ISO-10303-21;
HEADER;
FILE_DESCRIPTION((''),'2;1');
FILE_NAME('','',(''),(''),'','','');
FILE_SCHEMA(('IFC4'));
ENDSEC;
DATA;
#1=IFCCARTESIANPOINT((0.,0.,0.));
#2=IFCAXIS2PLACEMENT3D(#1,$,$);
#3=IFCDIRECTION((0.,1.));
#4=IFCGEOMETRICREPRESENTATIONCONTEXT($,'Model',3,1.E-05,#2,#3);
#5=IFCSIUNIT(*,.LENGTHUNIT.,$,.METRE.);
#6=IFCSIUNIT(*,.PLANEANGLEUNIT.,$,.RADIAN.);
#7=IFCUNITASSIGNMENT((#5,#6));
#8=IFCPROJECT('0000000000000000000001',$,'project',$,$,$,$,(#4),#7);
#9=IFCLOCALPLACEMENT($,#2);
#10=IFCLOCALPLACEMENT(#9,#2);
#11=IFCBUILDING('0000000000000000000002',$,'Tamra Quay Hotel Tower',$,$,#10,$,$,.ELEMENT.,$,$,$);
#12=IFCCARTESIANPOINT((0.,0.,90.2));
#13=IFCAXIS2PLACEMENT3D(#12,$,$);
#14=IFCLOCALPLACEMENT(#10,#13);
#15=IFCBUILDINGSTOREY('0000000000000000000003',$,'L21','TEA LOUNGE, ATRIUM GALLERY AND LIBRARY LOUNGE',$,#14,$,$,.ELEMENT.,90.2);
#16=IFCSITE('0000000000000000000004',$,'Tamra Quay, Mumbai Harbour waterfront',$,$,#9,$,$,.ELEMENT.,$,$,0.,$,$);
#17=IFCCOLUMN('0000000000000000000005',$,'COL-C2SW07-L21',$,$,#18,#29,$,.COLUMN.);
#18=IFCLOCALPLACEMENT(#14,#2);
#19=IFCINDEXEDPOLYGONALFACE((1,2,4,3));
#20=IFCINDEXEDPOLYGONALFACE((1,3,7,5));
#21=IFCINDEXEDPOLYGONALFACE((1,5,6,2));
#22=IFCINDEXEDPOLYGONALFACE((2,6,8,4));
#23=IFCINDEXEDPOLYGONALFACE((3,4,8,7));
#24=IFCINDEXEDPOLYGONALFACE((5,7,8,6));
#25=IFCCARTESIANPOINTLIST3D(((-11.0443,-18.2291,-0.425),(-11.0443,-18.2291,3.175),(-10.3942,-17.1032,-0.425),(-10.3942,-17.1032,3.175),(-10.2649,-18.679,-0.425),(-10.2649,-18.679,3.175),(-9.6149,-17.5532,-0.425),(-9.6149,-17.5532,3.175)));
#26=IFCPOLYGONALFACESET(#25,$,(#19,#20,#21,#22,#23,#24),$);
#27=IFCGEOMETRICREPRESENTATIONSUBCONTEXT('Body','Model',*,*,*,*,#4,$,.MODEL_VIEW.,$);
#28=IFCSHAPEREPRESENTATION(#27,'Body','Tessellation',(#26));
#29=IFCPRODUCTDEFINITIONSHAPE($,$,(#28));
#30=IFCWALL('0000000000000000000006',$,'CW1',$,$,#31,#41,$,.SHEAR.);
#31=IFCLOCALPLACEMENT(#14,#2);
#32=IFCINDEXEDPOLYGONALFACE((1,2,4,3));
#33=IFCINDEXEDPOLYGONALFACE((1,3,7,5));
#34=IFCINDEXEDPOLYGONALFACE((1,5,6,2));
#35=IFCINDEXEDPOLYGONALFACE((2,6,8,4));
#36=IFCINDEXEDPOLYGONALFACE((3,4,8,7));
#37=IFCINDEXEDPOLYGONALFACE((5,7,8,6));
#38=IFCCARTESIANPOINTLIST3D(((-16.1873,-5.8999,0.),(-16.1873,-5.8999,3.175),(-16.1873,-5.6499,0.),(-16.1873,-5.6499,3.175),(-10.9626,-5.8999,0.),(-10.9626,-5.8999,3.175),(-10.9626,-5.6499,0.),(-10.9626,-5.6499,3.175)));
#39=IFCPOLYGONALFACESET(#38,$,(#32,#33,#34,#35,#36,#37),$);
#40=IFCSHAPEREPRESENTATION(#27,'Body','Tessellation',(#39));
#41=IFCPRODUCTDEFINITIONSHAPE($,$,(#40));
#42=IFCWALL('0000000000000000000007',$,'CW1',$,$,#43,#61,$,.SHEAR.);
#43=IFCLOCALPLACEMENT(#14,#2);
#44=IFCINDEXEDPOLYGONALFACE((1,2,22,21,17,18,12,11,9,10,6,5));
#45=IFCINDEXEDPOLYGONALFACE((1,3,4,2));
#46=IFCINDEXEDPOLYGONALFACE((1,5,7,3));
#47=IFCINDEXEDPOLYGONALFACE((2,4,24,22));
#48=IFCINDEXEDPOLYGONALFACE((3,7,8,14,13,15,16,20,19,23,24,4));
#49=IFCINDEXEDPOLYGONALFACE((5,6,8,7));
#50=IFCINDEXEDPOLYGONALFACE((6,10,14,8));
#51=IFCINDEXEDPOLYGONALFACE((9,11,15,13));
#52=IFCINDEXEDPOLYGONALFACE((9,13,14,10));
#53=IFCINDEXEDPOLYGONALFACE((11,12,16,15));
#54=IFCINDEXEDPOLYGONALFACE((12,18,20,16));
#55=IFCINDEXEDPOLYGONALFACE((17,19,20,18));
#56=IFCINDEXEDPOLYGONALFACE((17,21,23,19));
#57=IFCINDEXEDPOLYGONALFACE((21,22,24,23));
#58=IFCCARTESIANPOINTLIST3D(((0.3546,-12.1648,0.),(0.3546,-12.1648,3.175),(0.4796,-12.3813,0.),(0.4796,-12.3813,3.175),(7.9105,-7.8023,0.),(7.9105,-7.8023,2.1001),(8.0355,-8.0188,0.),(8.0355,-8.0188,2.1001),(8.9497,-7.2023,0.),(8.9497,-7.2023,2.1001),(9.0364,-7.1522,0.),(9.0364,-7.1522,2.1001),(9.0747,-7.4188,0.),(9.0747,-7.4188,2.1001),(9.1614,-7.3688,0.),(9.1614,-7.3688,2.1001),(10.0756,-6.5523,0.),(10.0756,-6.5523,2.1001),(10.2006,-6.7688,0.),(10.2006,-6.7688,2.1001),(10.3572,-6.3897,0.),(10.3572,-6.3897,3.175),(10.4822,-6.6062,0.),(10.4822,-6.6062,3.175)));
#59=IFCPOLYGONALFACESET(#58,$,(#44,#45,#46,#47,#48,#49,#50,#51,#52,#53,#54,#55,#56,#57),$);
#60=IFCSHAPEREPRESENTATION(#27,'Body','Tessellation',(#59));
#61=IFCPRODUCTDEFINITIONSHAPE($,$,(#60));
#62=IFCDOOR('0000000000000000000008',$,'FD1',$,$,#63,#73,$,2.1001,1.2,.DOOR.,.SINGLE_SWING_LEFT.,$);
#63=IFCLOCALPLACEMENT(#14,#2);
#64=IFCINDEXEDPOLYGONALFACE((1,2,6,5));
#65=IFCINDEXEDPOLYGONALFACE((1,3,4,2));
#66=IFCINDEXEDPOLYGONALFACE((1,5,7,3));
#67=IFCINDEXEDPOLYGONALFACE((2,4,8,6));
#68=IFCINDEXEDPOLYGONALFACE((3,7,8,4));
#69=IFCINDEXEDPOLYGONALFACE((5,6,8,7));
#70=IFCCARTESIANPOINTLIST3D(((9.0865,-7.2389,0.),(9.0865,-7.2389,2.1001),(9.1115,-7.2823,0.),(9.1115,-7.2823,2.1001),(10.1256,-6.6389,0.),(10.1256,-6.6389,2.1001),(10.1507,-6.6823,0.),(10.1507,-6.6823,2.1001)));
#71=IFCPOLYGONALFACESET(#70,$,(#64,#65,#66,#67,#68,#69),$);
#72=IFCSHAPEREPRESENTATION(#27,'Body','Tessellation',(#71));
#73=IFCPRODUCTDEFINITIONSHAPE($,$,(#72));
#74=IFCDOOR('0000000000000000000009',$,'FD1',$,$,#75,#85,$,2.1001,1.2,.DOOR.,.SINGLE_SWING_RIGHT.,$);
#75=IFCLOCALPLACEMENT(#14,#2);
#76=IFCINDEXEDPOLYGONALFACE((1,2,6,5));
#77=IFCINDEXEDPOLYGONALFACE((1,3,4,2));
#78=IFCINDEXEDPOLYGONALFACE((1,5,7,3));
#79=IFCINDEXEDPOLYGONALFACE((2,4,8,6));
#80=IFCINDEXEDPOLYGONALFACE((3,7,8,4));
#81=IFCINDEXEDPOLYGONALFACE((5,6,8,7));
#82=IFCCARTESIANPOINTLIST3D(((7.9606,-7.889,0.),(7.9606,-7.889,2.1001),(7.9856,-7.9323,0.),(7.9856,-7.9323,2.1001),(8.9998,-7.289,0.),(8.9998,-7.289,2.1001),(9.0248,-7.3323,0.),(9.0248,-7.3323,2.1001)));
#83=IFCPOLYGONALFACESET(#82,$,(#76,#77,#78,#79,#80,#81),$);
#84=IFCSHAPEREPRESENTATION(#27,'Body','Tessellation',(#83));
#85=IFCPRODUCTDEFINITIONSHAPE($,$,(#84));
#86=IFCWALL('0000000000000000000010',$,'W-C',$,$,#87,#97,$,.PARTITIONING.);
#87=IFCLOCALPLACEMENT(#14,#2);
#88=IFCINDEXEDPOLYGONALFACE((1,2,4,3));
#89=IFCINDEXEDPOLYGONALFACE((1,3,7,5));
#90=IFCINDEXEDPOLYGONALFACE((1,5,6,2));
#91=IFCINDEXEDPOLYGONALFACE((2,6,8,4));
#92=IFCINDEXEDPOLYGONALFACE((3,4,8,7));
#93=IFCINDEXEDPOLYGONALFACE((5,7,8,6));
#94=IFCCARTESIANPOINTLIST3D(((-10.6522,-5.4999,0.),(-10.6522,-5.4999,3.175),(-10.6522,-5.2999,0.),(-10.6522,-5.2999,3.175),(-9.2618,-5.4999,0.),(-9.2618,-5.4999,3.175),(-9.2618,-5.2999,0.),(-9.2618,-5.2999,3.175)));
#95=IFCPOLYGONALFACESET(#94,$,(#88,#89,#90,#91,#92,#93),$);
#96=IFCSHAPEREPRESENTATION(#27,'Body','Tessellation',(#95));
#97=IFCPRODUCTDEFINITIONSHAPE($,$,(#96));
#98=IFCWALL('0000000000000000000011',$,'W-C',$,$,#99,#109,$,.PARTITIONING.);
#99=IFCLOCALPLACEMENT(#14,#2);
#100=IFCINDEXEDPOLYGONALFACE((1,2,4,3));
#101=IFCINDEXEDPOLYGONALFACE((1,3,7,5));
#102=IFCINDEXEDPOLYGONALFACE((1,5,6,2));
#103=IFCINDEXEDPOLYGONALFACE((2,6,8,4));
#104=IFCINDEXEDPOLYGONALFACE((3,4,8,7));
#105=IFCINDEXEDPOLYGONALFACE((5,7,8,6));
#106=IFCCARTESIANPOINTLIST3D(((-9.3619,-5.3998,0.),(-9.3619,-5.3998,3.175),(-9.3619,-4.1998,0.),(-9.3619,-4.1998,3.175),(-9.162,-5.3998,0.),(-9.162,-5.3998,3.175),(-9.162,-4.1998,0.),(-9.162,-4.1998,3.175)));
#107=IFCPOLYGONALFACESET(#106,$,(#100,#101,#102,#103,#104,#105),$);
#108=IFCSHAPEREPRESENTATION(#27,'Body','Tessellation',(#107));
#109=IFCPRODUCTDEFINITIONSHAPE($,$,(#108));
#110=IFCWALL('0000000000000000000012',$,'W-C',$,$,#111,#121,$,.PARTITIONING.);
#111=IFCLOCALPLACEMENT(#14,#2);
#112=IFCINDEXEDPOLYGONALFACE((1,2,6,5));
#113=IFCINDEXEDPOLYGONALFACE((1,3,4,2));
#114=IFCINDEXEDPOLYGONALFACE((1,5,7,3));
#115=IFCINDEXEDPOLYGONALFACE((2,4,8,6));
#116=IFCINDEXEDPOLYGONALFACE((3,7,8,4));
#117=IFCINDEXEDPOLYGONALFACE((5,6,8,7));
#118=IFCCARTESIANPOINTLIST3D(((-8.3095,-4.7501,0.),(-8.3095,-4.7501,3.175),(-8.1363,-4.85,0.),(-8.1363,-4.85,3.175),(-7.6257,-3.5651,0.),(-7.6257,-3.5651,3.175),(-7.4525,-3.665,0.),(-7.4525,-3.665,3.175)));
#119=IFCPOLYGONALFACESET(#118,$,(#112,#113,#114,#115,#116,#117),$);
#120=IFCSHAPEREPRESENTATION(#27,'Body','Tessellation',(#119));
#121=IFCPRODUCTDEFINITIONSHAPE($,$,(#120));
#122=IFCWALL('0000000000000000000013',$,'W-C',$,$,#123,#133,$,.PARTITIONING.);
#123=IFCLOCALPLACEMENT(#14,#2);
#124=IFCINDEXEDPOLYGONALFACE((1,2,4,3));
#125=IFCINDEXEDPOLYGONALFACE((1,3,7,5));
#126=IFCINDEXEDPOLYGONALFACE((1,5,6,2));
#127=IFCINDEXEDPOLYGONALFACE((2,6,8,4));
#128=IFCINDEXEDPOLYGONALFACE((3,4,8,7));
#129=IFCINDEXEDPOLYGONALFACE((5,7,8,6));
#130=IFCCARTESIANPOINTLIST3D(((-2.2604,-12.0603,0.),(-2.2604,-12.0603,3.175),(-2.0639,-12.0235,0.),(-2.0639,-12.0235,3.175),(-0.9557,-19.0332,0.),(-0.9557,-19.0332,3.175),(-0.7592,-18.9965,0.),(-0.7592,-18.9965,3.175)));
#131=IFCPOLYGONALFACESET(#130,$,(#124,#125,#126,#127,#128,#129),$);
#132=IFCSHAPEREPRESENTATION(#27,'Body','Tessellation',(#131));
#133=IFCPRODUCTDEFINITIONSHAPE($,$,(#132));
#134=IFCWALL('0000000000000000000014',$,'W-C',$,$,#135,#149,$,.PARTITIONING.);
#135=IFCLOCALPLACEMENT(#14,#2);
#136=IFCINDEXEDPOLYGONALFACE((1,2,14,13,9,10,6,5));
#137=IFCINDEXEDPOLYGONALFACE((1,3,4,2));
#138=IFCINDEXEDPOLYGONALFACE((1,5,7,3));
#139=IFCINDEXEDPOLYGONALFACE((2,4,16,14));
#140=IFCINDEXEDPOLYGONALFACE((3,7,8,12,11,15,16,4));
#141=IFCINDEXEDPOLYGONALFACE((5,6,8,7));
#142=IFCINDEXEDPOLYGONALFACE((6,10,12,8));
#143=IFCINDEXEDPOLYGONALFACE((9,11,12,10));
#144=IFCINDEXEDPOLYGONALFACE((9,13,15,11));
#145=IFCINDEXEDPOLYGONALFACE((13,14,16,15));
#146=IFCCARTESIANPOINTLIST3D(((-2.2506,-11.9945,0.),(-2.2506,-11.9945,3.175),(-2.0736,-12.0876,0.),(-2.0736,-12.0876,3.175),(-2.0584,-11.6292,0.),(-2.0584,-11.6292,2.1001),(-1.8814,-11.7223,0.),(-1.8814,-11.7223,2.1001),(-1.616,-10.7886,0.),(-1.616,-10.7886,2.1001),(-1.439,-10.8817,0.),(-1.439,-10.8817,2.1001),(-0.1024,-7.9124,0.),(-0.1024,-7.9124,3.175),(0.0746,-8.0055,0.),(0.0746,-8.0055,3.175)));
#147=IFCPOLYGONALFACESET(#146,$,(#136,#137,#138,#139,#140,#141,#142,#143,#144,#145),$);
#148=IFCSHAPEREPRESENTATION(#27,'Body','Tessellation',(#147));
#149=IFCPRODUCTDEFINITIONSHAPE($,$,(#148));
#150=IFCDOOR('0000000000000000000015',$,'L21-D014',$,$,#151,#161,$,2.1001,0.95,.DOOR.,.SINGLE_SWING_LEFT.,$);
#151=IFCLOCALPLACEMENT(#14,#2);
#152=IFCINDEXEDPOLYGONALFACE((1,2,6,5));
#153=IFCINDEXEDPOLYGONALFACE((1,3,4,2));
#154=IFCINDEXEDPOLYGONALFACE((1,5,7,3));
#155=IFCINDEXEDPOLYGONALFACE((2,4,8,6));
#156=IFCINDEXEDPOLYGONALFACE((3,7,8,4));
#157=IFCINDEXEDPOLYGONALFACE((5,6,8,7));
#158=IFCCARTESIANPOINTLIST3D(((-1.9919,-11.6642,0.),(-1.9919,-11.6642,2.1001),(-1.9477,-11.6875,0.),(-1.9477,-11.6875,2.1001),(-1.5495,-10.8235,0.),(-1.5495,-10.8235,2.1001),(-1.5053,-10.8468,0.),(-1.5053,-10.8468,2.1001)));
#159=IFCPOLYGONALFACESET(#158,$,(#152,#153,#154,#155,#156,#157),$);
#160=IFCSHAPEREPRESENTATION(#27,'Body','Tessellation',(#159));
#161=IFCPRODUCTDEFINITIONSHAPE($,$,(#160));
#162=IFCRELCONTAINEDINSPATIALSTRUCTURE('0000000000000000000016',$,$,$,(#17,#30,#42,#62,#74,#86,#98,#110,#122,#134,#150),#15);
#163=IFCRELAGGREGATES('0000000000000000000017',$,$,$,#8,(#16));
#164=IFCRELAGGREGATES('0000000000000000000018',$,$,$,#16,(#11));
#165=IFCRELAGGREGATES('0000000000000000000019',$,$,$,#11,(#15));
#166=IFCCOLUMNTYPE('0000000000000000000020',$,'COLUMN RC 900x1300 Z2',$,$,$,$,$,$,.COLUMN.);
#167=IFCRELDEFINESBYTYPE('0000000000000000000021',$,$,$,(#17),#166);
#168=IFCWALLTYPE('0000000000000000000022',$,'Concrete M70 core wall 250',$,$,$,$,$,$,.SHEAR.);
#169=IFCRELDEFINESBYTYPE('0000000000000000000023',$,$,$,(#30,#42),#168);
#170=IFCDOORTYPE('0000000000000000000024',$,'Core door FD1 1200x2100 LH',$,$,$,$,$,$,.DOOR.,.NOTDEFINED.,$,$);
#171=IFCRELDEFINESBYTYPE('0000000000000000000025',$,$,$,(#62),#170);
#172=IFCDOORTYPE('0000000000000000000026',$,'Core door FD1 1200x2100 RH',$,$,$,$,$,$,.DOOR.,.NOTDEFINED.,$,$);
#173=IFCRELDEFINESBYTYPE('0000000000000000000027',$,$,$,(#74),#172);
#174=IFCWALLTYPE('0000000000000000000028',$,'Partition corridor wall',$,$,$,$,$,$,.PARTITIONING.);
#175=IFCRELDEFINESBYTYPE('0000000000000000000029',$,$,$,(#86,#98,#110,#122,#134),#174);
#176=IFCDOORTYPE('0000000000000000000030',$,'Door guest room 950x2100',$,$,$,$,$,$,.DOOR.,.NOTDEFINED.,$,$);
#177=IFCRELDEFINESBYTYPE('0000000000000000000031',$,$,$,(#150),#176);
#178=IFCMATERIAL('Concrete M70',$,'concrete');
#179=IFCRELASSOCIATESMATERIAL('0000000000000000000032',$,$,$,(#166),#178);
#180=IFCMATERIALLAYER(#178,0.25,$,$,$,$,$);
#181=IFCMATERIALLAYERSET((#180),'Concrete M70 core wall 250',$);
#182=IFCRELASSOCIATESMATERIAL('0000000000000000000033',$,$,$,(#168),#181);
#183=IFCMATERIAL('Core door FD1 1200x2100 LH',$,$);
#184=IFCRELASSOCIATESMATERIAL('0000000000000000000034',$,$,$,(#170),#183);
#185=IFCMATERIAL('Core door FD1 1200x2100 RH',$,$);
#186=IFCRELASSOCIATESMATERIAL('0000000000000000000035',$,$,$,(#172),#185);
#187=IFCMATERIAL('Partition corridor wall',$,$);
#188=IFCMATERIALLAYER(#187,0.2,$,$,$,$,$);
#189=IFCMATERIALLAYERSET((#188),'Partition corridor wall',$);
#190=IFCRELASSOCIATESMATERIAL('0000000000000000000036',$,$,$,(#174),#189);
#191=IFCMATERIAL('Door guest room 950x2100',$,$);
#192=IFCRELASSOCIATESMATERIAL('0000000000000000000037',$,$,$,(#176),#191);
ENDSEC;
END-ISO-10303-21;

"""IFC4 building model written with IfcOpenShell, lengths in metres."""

from ifc_helpers import new_model, si_unit, direction, frame, frame_2d, origin, origin_2d, place, context, subcontext, project, spatial, rectangle, extrude, material, layer, layer_set, material_profile, profile_set, type_object, element, fill, save


model = new_model("IFC4")

# Units and contexts
model_context = context("Model", 3, precision=1e-05, world=origin(), true_north=direction((0.0, 1.0)))
body_context = subcontext(model_context, "Body", "Model", "MODEL_VIEW")
ifc_project = project(units=[si_unit("LENGTHUNIT", "METRE"), si_unit("PLANEANGLEUNIT", "RADIAN")], contexts=[model_context])

# Site, building, storey
site_placement = place(None, origin())
site = spatial("IfcSite", under=ifc_project, at=site_placement, Name="Tamra Quay, Mumbai Harbour waterfront", CompositionType="ELEMENT", RefElevation=0.0)
building_placement = place(site_placement, origin())
building = spatial("IfcBuilding", under=site, at=building_placement, Name="Tamra Quay Hotel Tower", CompositionType="ELEMENT")
storey_placement = place(building_placement, frame((0.0, 0.0, 90.2)))
storey = spatial("IfcBuildingStorey", under=building, at=storey_placement, Name="L21", Description="TEA LOUNGE, ATRIUM GALLERY AND LIBRARY LOUNGE", CompositionType="ELEMENT", Elevation=90.2)

# Column
ifc_material_1 = material(Name="Concrete M70", Category="concrete")
ifc_material_profile = material_profile(ifc_material_1, rectangle(XDim=1.3, YDim=0.8999, at=origin_2d()), Name="COLUMN RC 900x1300 Z2")
ifc_profile_set = profile_set([ifc_material_profile], Name="Concrete M70")
column_type = type_object("IfcColumnType", Name="COLUMN RC 900x1300 Z2", PredefinedType="COLUMN", material=ifc_profile_set)
column_placement = place(storey_placement, frame((-10.3296, -17.8911, -0.425), z_axis=(0.0, 0.0, 1.0), x_axis=(0.5, 0.866025, 0.0)))
element("IfcColumn", 1, at=column_placement, inside=storey, type_object=column_type, Name="COL-C2SW07-L21", PredefinedType="COLUMN", context=body_context, shape_type="SweptSolid", body=[
    extrude(rectangle(XDim=1.3, YDim=0.8999, at=origin_2d()), origin(), (0.0, 0.0, 1.0), 3.6001),
])

# Wall
ifc_layer_1 = layer(ifc_material_1, 0.25)
ifc_layer_set_1 = layer_set([ifc_layer_1], Name="Concrete M70 core wall 250")
wall_type_1 = type_object("IfcWallType", Name="Concrete M70 core wall 250", PredefinedType="SHEAR", material=ifc_layer_set_1)
wall_1_placement = place(storey_placement, frame((-10.9626, -5.7749, 0.0), z_axis=(0.0, 0.0, 1.0), x_axis=(-1.0, 0.0, 0.0)))
element("IfcWall", 2, at=wall_1_placement, inside=storey, type_object=wall_type_1, Name="CW1", PredefinedType="SHEAR", context=body_context, shape_type="SweptSolid", body=[
    extrude(rectangle(XDim=5.2246, YDim=0.25, at=frame_2d((2.6123, 0.0))), origin(), (0.0, 0.0, 1.0), 3.175),
])

# Wall, openings, doors
wall_2_placement = place(storey_placement, frame((0.4172, -12.2729, 0.0), z_axis=(0.0, 0.0, 1.0), x_axis=(0.866022, 0.500006, 0.0)))
wall_2 = element("IfcWall", 3, at=wall_2_placement, inside=storey, type_object=wall_type_1, Name="CW1", PredefinedType="SHEAR", context=body_context, shape_type="SweptSolid", body=[
    extrude(rectangle(XDim=11.55, YDim=0.25, at=frame_2d((5.7749, 0.0))), origin(), (0.0, 0.0, 1.0), 3.175),
])
opening_1_placement = place(wall_2_placement, frame((10.0247, 0.0, 0.0)))
opening_1 = element("IfcOpeningElement", 4, at=opening_1_placement, cuts=wall_2, PredefinedType="OPENING", context=body_context, shape_type="SweptSolid", body=[
    extrude(rectangle(XDim=1.2, YDim=2.1001, at=frame_2d((0.6001, 1.05))), frame((0.0, 0.135, 0.0), z_axis=(0.0, -1.0, 0.0), x_axis=(1.0, 0.0, 0.0)), (0.0, 0.0, 1.0), 0.27),
])
opening_2_placement = place(wall_2_placement, frame((8.7246, 0.0, 0.0)))
opening_2 = element("IfcOpeningElement", 5, at=opening_2_placement, cuts=wall_2, PredefinedType="OPENING", context=body_context, shape_type="SweptSolid", body=[
    extrude(rectangle(XDim=1.2, YDim=2.1001, at=frame_2d((0.6001, 1.05))), frame((0.0, 0.135, 0.0), z_axis=(0.0, -1.0, 0.0), x_axis=(1.0, 0.0, 0.0)), (0.0, 0.0, 1.0), 0.27),
])
ifc_material_2 = material(Name="Core door FD1 1200x2100 LH")
door_type_1 = type_object("IfcDoorType", Name="Core door FD1 1200x2100 LH", OperationType="NOTDEFINED", PredefinedType="DOOR", material=ifc_material_2)
door_1_placement = place(opening_1_placement, origin())
door_1 = element("IfcDoor", 6, at=door_1_placement, inside=storey, type_object=door_type_1, Name="FD1", OperationType="SINGLE_SWING_LEFT", OverallHeight=2.1001, OverallWidth=1.2, PredefinedType="DOOR", context=body_context, shape_type="SweptSolid", body=[
    extrude(rectangle(XDim=1.2, YDim=2.1001, at=frame_2d((0.6001, 1.05))), frame((0.0, 0.0249, 0.0), z_axis=(0.0, -1.0, 0.0), x_axis=(1.0, 0.0, 0.0)), (0.0, 0.0, 1.0), 0.05),
])
fill(opening_1, door_1)
ifc_material_3 = material(Name="Core door FD1 1200x2100 RH")
door_type_2 = type_object("IfcDoorType", Name="Core door FD1 1200x2100 RH", OperationType="NOTDEFINED", PredefinedType="DOOR", material=ifc_material_3)
door_2_placement = place(opening_2_placement, origin())
door_2 = element("IfcDoor", 7, at=door_2_placement, inside=storey, type_object=door_type_2, Name="FD1", OperationType="SINGLE_SWING_RIGHT", OverallHeight=2.1001, OverallWidth=1.2, PredefinedType="DOOR", context=body_context, shape_type="SweptSolid", body=[
    extrude(rectangle(XDim=1.2, YDim=2.1001, at=frame_2d((0.6001, 1.05))), frame((0.0, 0.0249, 0.0), z_axis=(0.0, -1.0, 0.0), x_axis=(1.0, 0.0, 0.0)), (0.0, 0.0, 1.0), 0.05),
])
fill(opening_2, door_2)

# Walls
ifc_material_4 = material(Name="Partition corridor wall")
ifc_layer_2 = layer(ifc_material_4, 0.2)
ifc_layer_set_2 = layer_set([ifc_layer_2], Name="Partition corridor wall")
wall_type_2 = type_object("IfcWallType", Name="Partition corridor wall", PredefinedType="PARTITIONING", material=ifc_layer_set_2)
wall_3_placement = place(storey_placement, frame((-10.6523, -5.3999, 0.0), z_axis=(0.0, 0.0, 1.0), x_axis=(1.0, 0.0, 0.0)))
element("IfcWall", 8, at=wall_3_placement, inside=storey, type_object=wall_type_2, Name="W-C", PredefinedType="PARTITIONING", context=body_context, shape_type="SweptSolid", body=[
    extrude(rectangle(XDim=1.3904, YDim=0.2, at=frame_2d((0.6953, 0.0))), origin(), (0.0, 0.0, 1.0), 3.175),
])
wall_4_placement = place(storey_placement, frame((-9.262, -5.3999, 0.0), z_axis=(0.0, 0.0, 1.0), x_axis=(0.0, 1.0, 0.0)))
element("IfcWall", 9, at=wall_4_placement, inside=storey, type_object=wall_type_2, Name="W-C", PredefinedType="PARTITIONING", context=body_context, shape_type="SweptSolid", body=[
    extrude(rectangle(XDim=1.2, YDim=0.2, at=frame_2d((0.6001, 0.0))), origin(), (0.0, 0.0, 1.0), 3.175),
])
wall_5_placement = place(storey_placement, frame((-8.2229, -4.8, 0.0), z_axis=(0.0, 0.0, 1.0), x_axis=(0.499805, 0.866138, 0.0)))
element("IfcWall", 10, at=wall_5_placement, inside=storey, type_object=wall_type_2, Name="W-C", PredefinedType="PARTITIONING", context=body_context, shape_type="SweptSolid", body=[
    extrude(rectangle(XDim=1.3682, YDim=0.2, at=frame_2d((0.6841, 0.0))), origin(), (0.0, 0.0, 1.0), 3.175),
])
wall_6_placement = place(storey_placement, frame((-2.1621, -12.042, 0.0), z_axis=(0.0, 0.0, 1.0), x_axis=(0.183917, -0.982942, 0.0)))
element("IfcWall", 11, at=wall_6_placement, inside=storey, type_object=wall_type_2, Name="W-C", PredefinedType="PARTITIONING", context=body_context, shape_type="SweptSolid", body=[
    extrude(rectangle(XDim=7.094, YDim=0.2, at=frame_2d((3.5469, 0.0))), origin(), (0.0, 0.0, 1.0), 3.175),
])

# Wall, opening, door
wall_7_placement = place(storey_placement, frame((-2.1621, -12.041, 0.0), z_axis=(0.0, 0.0, 1.0), x_axis=(0.465705, 0.88494, 0.0)))
wall_7 = element("IfcWall", 12, at=wall_7_placement, inside=storey, type_object=wall_type_2, Name="W-C", PredefinedType="PARTITIONING", context=body_context, shape_type="SweptSolid", body=[
    extrude(rectangle(XDim=4.6128, YDim=0.2, at=frame_2d((2.3064, 0.0))), origin(), (0.0, 0.0, 1.0), 3.175),
])
opening_3_placement = place(wall_7_placement, frame((0.4126, 0.0, 0.0)))
opening_3 = element("IfcOpeningElement", 13, at=opening_3_placement, cuts=wall_7, PredefinedType="OPENING", context=body_context, shape_type="SweptSolid", body=[
    extrude(rectangle(XDim=0.95, YDim=2.1001, at=frame_2d((0.4751, 1.05))), frame((0.0, 0.1099, 0.0), z_axis=(0.0, -1.0, 0.0), x_axis=(1.0, 0.0, 0.0)), (0.0, 0.0, 1.0), 0.22),
])
ifc_material_5 = material(Name="Door guest room 950x2100")
door_type_3 = type_object("IfcDoorType", Name="Door guest room 950x2100", OperationType="NOTDEFINED", PredefinedType="DOOR", material=ifc_material_5)
door_3_placement = place(opening_3_placement, origin())
door_3 = element("IfcDoor", 14, at=door_3_placement, inside=storey, type_object=door_type_3, Name="L21-D014", OperationType="SINGLE_SWING_LEFT", OverallHeight=2.1001, OverallWidth=0.95, PredefinedType="DOOR", context=body_context, shape_type="SweptSolid", body=[
    extrude(rectangle(XDim=0.95, YDim=2.1001, at=frame_2d((0.4751, 1.05))), frame((0.0, 0.0249, 0.0), z_axis=(0.0, -1.0, 0.0), x_axis=(1.0, 0.0, 0.0)), (0.0, 0.0, 1.0), 0.05),
])
fill(opening_3, door_3)

save(model, "model.ifc")
